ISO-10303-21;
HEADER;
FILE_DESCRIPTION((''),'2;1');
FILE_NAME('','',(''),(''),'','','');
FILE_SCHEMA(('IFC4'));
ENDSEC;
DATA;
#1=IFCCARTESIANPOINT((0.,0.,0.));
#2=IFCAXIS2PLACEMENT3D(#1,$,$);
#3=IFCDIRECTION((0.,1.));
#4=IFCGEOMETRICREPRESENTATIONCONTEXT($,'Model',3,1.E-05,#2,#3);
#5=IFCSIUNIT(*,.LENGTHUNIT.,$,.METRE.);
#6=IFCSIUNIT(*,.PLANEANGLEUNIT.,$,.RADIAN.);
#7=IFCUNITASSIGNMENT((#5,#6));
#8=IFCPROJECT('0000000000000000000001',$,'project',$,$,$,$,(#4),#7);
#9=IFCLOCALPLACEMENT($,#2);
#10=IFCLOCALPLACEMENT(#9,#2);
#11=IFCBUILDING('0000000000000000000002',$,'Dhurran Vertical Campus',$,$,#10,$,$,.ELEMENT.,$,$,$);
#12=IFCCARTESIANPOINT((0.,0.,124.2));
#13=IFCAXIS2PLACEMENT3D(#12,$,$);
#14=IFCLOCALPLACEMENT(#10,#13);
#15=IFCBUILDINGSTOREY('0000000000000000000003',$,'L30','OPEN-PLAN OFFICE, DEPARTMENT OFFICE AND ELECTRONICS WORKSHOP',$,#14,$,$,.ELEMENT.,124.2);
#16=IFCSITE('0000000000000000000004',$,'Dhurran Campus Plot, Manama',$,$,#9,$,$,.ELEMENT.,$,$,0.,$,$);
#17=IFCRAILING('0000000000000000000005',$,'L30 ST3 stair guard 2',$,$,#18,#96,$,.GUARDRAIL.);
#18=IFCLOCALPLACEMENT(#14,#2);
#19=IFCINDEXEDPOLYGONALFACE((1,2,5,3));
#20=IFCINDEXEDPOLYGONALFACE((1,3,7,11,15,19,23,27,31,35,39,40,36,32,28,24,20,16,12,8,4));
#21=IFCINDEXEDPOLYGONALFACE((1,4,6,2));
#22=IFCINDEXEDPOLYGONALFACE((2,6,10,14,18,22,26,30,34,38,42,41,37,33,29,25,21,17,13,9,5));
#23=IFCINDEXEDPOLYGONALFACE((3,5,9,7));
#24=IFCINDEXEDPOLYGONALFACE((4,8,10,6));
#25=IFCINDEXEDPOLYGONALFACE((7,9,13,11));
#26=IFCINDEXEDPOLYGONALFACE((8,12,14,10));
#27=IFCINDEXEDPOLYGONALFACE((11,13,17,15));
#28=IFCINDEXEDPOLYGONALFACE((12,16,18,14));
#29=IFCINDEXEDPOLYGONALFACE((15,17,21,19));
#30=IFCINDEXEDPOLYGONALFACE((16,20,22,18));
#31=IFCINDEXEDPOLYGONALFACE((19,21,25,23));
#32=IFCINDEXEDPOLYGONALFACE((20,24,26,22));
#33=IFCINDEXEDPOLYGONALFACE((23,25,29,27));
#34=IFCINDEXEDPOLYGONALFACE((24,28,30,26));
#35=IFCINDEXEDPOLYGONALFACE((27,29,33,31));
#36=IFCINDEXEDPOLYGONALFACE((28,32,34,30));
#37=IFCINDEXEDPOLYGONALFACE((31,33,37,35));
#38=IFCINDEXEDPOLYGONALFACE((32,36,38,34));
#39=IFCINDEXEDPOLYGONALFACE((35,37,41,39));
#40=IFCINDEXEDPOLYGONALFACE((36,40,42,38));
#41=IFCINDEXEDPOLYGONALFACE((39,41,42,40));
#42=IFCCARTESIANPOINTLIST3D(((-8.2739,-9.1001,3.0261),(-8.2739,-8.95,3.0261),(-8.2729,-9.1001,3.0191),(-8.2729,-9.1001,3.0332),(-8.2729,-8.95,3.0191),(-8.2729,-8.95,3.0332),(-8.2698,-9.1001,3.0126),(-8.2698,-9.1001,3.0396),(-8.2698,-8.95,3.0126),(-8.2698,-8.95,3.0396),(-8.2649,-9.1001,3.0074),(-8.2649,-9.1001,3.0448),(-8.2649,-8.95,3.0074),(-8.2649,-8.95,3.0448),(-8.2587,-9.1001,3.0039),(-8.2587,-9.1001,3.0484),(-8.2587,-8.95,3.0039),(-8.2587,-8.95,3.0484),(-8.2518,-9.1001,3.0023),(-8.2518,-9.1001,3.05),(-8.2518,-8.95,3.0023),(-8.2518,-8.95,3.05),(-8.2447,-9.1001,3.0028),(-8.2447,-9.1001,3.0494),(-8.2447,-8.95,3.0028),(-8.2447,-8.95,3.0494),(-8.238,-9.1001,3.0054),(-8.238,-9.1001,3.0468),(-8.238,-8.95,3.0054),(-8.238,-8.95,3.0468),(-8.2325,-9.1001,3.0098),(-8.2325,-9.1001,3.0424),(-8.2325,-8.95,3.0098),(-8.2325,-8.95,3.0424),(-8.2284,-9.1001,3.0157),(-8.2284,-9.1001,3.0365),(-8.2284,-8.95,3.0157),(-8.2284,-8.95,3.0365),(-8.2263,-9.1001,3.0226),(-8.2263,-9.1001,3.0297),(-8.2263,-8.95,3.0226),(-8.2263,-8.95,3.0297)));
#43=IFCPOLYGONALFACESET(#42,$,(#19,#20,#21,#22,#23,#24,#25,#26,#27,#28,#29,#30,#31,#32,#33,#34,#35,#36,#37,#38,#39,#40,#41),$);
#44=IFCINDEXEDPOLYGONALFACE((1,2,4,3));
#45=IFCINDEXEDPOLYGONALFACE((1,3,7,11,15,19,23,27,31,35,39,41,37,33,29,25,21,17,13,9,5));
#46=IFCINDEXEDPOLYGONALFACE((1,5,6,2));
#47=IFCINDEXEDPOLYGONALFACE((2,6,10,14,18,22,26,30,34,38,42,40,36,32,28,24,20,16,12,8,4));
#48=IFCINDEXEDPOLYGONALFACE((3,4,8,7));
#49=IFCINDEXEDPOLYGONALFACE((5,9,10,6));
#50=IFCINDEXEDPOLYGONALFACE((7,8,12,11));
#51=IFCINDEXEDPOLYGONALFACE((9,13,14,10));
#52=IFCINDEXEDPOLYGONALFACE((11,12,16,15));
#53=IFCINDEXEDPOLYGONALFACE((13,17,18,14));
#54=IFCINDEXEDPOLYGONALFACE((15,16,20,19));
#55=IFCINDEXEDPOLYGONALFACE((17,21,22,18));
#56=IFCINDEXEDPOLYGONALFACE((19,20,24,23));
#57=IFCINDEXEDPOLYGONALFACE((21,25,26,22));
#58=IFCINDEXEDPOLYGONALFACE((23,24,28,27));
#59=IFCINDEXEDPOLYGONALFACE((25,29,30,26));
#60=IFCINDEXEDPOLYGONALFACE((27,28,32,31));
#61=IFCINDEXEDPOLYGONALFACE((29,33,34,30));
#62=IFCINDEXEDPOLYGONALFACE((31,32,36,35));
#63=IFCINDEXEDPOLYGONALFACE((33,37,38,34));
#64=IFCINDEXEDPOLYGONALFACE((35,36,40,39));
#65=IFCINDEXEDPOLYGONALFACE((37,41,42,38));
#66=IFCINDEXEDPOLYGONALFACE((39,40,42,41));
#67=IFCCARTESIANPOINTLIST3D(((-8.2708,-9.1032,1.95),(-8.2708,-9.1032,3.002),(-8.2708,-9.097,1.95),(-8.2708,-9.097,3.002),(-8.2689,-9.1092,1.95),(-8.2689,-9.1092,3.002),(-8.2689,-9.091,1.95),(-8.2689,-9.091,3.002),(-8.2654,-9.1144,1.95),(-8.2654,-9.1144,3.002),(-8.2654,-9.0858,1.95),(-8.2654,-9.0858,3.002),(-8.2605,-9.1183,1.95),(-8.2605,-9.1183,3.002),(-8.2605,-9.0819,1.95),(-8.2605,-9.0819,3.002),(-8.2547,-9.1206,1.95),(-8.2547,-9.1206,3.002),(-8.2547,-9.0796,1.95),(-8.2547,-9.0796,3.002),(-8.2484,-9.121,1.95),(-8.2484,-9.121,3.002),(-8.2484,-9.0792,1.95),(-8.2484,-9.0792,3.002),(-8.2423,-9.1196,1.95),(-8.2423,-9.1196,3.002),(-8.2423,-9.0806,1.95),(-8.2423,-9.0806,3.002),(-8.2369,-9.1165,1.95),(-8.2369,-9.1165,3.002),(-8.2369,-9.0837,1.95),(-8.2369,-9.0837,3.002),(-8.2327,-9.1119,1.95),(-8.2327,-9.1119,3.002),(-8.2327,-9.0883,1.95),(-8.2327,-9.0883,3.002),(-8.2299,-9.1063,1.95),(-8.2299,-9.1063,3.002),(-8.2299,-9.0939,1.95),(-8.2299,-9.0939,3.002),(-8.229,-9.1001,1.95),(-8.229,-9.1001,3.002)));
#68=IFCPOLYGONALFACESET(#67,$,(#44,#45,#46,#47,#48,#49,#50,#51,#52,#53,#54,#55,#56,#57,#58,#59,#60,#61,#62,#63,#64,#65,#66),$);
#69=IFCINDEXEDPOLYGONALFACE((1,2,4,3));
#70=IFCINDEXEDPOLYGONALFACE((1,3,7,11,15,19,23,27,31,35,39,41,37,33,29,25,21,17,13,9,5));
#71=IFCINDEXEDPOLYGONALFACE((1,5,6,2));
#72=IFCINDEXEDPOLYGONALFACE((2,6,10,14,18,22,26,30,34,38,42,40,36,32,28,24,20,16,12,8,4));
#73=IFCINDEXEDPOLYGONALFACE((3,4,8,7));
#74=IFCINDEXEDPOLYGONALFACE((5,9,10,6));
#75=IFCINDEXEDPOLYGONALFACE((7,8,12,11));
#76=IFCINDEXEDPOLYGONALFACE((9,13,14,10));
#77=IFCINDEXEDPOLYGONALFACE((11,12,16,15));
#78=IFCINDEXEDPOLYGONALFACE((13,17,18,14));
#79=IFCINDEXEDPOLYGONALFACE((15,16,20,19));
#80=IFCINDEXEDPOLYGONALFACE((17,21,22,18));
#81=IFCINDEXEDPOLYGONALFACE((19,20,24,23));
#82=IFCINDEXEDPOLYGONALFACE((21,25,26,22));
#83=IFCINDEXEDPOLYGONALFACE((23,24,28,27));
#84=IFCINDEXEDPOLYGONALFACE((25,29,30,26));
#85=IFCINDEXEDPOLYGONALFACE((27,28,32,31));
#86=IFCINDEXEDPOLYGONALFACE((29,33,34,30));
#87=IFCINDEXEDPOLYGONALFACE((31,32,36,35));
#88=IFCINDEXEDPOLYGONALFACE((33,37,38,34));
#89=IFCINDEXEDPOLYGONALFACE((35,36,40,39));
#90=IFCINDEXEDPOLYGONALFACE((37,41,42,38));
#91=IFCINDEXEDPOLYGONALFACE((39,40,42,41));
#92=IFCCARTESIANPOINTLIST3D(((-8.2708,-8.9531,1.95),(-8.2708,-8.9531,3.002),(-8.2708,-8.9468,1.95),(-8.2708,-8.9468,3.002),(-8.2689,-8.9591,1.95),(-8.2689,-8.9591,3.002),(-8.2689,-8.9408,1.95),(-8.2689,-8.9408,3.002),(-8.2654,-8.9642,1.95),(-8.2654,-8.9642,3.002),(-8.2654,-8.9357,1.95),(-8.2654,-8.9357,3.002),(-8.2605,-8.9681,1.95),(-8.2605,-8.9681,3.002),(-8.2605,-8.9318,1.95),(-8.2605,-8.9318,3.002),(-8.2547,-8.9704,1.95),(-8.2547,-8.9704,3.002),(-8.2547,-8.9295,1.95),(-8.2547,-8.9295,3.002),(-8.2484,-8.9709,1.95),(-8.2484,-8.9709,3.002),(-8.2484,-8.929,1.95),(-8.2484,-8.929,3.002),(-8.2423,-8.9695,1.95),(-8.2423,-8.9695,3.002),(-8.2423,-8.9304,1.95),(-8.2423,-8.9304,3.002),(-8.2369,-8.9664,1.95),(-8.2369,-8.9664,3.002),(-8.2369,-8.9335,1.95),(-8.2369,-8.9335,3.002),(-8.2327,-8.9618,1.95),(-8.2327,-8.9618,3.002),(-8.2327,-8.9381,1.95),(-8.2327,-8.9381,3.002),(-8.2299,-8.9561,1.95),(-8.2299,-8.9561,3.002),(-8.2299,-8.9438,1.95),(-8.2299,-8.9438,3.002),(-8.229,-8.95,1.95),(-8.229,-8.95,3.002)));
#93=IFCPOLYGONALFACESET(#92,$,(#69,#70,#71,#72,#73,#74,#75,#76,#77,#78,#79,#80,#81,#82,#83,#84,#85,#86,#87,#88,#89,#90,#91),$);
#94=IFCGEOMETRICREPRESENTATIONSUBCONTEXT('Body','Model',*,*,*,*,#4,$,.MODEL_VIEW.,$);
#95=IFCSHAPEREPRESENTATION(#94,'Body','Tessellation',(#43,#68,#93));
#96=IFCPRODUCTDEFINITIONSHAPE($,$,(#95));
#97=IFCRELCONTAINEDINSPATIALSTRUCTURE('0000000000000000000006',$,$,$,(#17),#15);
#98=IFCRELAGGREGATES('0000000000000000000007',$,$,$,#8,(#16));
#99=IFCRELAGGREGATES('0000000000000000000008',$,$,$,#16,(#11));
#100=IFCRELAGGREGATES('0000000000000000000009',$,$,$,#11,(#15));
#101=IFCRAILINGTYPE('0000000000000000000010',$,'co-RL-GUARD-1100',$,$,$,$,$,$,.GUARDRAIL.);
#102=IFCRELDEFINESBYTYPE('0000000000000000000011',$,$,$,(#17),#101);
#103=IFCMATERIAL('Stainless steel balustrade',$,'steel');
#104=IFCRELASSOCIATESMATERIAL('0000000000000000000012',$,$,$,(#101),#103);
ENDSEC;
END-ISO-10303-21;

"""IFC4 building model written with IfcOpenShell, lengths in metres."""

from ifc_helpers import new_model, si_unit, direction, frame, origin, origin_2d, place, context, subcontext, project, spatial, circle, extrude, material, type_object, element, save


model = new_model("IFC4")

# Units and contexts
model_context = context("Model", 3, precision=1e-05, world=origin(), true_north=direction((0.0, 1.0)))
body_context = subcontext(model_context, "Body", "Model", "MODEL_VIEW")
ifc_project = project(units=[si_unit("LENGTHUNIT", "METRE"), si_unit("PLANEANGLEUNIT", "RADIAN")], contexts=[model_context])

# Site, building, storey
site_placement = place(None, origin())
site = spatial("IfcSite", under=ifc_project, at=site_placement, Name="Dhurran Campus Plot, Manama", CompositionType="ELEMENT", RefElevation=0.0)
building_placement = place(site_placement, origin())
building = spatial("IfcBuilding", under=site, at=building_placement, Name="Dhurran Vertical Campus", CompositionType="ELEMENT")
storey_placement = place(building_placement, frame((0.0, 0.0, 124.2)))
storey = spatial("IfcBuildingStorey", under=building, at=storey_placement, Name="L30", Description="OPEN-PLAN OFFICE, DEPARTMENT OFFICE AND ELECTRONICS WORKSHOP", CompositionType="ELEMENT", Elevation=124.2)

# Railing
ifc_material_1 = material(Name="Stainless steel balustrade", Category="steel")
railing_type_1 = type_object("IfcRailingType", Name="co-RL-GUARD-1100", PredefinedType="GUARDRAIL", material=ifc_material_1)
railing_1_placement = place(storey_placement, frame((-8.25, -9.1001, 1.95)))
element("IfcRailing", 1, at=railing_1_placement, inside=storey, type_object=railing_type_1, Name="L30 ST3 stair guard 2", PredefinedType="GUARDRAIL", context=body_context, shape_type="SweptSolid", body=[
    extrude(circle(Radius=0.0239, at=origin_2d()), frame((0.0, 0.0, 1.0762), z_axis=(0.0, 1.0, 0.0), x_axis=(-1.0, 0.0, 0.0)), (0.0, 0.0, 1.0), 0.1501),
    extrude(circle(Radius=0.021, at=origin_2d()), origin(), (0.0, 0.0, 1.0), 1.052),
    extrude(circle(Radius=0.021, at=origin_2d()), frame((0.0, 0.1501, 0.0)), (0.0, 0.0, 1.0), 1.052),
])

save(model, "model.ifc")
